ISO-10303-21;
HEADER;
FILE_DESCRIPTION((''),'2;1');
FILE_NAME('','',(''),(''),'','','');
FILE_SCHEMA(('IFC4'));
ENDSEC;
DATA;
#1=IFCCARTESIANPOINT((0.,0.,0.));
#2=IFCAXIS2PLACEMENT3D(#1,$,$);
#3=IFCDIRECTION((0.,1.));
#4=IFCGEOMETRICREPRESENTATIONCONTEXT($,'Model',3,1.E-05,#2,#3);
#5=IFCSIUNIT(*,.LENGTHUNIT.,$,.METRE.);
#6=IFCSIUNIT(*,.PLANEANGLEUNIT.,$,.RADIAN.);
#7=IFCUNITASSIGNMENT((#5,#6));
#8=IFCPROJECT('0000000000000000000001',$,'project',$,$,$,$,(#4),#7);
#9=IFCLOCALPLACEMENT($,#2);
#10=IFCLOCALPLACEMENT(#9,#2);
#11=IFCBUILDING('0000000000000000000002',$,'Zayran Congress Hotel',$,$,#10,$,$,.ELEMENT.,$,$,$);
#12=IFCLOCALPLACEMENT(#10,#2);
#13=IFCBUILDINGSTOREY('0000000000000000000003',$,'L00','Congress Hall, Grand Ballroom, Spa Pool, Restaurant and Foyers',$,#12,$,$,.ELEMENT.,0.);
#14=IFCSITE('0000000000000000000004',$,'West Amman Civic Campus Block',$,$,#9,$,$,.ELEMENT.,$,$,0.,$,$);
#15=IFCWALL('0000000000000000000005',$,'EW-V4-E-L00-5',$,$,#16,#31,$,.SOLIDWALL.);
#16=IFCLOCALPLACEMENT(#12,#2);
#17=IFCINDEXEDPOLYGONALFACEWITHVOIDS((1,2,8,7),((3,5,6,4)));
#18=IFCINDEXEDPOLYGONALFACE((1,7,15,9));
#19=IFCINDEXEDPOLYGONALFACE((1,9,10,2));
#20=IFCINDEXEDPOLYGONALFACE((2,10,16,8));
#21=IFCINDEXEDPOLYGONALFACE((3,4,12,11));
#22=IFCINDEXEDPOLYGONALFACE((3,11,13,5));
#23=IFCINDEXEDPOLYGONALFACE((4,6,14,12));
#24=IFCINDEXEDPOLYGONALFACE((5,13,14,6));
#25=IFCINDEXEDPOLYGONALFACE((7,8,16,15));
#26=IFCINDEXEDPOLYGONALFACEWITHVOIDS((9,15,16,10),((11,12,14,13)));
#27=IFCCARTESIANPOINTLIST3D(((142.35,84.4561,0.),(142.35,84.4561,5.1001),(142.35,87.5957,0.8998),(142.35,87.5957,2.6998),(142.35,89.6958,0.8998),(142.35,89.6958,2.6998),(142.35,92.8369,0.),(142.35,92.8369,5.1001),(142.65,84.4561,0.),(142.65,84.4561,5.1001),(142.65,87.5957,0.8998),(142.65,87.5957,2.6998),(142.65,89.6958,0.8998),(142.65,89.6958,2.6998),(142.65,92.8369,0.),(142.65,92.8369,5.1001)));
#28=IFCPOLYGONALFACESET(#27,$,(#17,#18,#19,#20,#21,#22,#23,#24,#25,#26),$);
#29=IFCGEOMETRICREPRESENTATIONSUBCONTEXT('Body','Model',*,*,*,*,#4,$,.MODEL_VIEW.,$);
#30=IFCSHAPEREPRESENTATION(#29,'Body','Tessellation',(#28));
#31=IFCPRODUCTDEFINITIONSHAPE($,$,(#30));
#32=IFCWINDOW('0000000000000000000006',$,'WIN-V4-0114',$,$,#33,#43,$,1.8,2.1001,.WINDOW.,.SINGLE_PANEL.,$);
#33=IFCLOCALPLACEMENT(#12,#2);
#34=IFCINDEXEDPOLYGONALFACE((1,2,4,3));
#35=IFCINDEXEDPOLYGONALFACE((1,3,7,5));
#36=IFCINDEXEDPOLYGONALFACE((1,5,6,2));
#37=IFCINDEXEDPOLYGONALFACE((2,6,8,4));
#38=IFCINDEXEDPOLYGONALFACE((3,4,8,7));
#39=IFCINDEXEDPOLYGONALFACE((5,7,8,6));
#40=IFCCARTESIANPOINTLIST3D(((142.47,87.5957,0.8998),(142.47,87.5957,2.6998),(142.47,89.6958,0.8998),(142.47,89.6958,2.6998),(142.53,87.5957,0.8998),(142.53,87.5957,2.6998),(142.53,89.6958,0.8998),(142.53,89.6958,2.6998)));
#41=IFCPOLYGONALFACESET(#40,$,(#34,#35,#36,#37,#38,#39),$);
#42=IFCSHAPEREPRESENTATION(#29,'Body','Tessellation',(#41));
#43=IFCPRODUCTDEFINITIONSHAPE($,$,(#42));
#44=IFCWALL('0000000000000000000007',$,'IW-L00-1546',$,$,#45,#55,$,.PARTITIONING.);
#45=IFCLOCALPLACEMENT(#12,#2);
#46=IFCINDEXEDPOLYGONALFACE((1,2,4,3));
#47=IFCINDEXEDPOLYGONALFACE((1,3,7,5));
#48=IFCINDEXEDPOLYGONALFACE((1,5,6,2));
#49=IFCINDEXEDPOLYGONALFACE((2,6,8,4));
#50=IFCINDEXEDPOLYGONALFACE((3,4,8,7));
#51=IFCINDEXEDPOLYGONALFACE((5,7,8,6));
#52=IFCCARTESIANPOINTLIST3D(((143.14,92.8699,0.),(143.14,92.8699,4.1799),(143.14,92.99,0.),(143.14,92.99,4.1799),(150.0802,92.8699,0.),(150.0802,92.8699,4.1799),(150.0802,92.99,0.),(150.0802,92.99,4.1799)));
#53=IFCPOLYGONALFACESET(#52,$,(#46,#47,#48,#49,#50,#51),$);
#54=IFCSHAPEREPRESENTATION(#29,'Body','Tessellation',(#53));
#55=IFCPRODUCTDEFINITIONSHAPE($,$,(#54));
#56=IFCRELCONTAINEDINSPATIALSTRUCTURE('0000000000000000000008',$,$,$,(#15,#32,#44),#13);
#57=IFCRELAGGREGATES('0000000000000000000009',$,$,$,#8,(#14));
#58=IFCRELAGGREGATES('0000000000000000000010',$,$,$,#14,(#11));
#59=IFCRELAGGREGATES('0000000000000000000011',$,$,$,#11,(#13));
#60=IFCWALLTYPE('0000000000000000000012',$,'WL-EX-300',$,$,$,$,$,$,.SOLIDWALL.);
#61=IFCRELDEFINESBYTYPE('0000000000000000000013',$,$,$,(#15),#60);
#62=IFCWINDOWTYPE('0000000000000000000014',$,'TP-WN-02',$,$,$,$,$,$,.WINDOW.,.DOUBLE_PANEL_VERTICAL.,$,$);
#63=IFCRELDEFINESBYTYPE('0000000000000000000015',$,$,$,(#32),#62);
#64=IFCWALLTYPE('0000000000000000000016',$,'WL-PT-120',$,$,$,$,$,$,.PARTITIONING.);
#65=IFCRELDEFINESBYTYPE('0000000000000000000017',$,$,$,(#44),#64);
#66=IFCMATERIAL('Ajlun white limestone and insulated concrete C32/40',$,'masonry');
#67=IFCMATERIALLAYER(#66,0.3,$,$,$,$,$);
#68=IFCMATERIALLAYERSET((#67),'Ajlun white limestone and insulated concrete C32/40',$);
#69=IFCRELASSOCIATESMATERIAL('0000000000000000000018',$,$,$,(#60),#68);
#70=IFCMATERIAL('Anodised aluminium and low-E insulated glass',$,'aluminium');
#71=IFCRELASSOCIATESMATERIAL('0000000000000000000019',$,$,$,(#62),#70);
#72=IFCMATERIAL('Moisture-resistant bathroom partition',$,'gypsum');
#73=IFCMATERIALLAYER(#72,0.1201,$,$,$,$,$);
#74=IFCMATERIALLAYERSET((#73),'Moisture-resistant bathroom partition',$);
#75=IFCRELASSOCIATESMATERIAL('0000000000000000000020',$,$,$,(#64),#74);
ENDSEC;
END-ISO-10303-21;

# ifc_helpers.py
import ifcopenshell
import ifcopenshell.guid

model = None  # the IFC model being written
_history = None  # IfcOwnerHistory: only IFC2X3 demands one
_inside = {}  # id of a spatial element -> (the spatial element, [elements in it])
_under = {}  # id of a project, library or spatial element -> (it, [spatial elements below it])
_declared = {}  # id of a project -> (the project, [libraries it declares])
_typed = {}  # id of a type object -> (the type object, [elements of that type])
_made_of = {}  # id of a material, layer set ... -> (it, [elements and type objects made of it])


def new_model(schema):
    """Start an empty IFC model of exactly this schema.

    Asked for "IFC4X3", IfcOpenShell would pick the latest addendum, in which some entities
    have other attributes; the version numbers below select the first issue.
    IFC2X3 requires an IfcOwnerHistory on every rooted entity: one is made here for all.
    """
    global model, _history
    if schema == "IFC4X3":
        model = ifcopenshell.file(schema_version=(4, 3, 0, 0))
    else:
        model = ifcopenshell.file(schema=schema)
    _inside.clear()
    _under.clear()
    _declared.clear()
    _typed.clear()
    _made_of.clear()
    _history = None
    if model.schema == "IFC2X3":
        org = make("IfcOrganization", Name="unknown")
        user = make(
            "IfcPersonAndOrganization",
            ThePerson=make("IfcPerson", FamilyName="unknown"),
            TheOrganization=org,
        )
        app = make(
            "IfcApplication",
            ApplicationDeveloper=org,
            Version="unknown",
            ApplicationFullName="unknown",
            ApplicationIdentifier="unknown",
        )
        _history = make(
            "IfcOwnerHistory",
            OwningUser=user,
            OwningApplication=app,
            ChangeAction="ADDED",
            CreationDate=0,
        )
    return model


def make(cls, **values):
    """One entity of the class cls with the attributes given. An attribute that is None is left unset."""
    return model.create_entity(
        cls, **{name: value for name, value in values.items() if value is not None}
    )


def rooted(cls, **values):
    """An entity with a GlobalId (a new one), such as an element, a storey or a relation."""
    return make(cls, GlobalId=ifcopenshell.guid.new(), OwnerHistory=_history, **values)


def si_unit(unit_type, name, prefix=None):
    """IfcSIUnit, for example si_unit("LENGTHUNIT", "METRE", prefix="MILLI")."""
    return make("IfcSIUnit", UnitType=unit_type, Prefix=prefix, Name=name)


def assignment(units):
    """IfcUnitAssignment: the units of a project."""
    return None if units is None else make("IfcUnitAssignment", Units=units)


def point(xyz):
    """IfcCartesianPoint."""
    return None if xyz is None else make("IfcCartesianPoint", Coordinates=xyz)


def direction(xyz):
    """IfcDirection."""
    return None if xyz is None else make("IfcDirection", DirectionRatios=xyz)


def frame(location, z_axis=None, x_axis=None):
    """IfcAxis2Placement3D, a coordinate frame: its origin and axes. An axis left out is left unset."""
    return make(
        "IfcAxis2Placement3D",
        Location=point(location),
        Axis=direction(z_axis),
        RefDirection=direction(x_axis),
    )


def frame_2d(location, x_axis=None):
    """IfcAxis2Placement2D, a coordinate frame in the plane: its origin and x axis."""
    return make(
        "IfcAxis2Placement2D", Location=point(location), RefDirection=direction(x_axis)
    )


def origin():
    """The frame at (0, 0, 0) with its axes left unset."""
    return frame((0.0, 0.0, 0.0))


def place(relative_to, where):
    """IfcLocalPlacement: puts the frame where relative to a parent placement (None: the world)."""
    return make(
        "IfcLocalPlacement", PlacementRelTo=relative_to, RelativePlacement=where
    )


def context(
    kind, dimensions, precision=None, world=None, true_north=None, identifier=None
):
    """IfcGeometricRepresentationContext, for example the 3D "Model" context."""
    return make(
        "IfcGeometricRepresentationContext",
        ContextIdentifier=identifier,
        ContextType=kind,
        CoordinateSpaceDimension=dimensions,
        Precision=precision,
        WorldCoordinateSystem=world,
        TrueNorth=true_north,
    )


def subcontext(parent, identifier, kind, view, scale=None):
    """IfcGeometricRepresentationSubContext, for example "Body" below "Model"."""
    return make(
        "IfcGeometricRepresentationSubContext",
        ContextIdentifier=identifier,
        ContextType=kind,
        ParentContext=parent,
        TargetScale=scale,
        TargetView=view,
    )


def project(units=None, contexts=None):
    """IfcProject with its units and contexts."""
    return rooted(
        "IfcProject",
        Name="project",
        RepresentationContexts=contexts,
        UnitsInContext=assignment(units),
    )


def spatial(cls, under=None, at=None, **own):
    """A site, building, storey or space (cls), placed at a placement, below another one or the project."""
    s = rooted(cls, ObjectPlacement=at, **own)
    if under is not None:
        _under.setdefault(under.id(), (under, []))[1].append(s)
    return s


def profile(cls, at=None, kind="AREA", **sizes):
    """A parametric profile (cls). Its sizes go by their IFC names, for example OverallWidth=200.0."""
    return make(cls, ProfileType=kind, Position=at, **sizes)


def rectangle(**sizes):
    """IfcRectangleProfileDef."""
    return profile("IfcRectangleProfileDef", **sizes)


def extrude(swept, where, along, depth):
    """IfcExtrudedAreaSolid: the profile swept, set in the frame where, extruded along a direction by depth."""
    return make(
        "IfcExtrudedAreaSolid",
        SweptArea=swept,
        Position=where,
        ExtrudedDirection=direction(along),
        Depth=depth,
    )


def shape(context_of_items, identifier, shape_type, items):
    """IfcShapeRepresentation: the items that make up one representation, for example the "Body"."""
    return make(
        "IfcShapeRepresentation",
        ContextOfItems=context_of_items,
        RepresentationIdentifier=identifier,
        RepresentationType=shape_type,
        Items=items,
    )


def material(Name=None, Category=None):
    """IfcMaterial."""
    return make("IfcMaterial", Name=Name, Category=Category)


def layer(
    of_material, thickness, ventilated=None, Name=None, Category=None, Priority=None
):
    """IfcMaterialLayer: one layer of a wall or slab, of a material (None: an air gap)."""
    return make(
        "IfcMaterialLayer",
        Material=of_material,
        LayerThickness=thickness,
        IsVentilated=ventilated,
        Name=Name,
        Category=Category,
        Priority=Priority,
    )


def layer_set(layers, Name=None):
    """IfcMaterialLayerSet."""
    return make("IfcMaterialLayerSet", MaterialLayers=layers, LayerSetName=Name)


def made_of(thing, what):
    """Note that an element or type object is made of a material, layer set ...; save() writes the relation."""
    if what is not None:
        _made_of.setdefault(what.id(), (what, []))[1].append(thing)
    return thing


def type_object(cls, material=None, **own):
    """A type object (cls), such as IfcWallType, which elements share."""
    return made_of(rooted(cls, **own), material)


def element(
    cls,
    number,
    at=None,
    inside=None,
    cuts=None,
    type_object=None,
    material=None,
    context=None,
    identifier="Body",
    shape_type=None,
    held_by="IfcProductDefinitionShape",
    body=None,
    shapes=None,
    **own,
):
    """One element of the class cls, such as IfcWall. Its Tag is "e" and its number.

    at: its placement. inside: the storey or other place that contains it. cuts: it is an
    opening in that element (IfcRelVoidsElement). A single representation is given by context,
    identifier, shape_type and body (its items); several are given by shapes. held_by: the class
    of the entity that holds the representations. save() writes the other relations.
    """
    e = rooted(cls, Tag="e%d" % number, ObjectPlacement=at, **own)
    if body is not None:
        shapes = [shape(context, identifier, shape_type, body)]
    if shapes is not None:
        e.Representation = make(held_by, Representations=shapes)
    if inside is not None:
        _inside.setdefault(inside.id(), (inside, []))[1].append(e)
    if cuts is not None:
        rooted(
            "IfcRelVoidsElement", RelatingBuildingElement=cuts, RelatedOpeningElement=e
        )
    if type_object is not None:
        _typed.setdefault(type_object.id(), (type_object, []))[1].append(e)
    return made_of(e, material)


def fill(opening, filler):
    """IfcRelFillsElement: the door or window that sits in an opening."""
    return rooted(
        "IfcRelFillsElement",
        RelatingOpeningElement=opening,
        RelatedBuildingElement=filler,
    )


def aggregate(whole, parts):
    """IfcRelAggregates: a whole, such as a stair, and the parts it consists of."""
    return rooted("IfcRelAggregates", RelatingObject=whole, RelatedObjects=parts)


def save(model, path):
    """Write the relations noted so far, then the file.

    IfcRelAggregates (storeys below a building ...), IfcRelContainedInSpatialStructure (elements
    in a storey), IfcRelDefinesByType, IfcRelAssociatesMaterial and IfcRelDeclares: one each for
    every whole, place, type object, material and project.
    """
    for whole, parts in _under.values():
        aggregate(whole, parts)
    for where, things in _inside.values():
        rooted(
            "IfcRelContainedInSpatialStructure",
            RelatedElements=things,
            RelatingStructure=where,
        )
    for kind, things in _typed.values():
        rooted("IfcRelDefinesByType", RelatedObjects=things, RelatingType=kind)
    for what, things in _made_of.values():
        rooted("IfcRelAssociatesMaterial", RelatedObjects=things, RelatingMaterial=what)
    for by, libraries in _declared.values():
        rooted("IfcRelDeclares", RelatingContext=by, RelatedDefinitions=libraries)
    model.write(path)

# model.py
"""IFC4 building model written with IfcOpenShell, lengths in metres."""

from ifc_helpers import new_model, si_unit, direction, frame, frame_2d, origin, place, context, subcontext, project, spatial, rectangle, extrude, material, layer, layer_set, type_object, element, fill, save


model = new_model("IFC4")

# Units and contexts
model_context = context("Model", 3, precision=1e-05, world=origin(), true_north=direction((0.0, 1.0)))
body_context = subcontext(model_context, "Body", "Model", "MODEL_VIEW")
ifc_project = project(units=[si_unit("LENGTHUNIT", "METRE"), si_unit("PLANEANGLEUNIT", "RADIAN")], contexts=[model_context])

# Site, building, storey
site_placement = place(None, origin())
site = spatial("IfcSite", under=ifc_project, at=site_placement, Name="West Amman Civic Campus Block", CompositionType="ELEMENT", RefElevation=0.0)
building_placement = place(site_placement, origin())
building = spatial("IfcBuilding", under=site, at=building_placement, Name="Zayran Congress Hotel", CompositionType="ELEMENT")
storey_placement = place(building_placement, origin())
storey = spatial("IfcBuildingStorey", under=building, at=storey_placement, Name="L00", Description="Congress Hall, Grand Ballroom, Spa Pool, Restaurant and Foyers", CompositionType="ELEMENT", Elevation=0.0)

# Wall, opening, window
ifc_material_1 = material(Name="Anodised aluminium and low-E insulated glass", Category="aluminium")
ifc_material_2 = material(Name="Ajlun white limestone and insulated concrete C32/40", Category="masonry")
ifc_layer_1 = layer(ifc_material_2, 0.3)
ifc_layer_set_1 = layer_set([ifc_layer_1], Name="Ajlun white limestone and insulated concrete C32/40")
wall_type_1 = type_object("IfcWallType", Name="WL-EX-300", PredefinedType="SOLIDWALL", material=ifc_layer_set_1)
wall_1_placement = place(storey_placement, frame((142.5, 92.8369, 0.0), z_axis=(0.0, 0.0, 1.0), x_axis=(0.0, -1.0, 0.0)))
wall_1 = element("IfcWall", 1, at=wall_1_placement, inside=storey, type_object=wall_type_1, Name="EW-V4-E-L00-5", PredefinedType="SOLIDWALL", context=body_context, shape_type="SweptSolid", body=[
    extrude(rectangle(XDim=8.3809, YDim=0.3, at=frame_2d((4.1904, 0.0))), origin(), (0.0, 0.0, 1.0), 5.1001),
])
opening_1_placement = place(wall_1_placement, frame((3.1411, 0.0, 0.8999)))
opening_1 = element("IfcOpeningElement", 2, at=opening_1_placement, cuts=wall_1, PredefinedType="OPENING", context=body_context, shape_type="SweptSolid", body=[
    extrude(rectangle(XDim=2.1001, YDim=1.8, at=frame_2d((1.05, 0.8999))), frame((0.0, 0.1599, 0.0), z_axis=(0.0, -1.0, 0.0), x_axis=(1.0, 0.0, 0.0)), (0.0, 0.0, 1.0), 0.3201),
])
window_type_1 = type_object("IfcWindowType", Name="TP-WN-02", PartitioningType="DOUBLE_PANEL_VERTICAL", PredefinedType="WINDOW", material=ifc_material_1)
window_1_placement = place(opening_1_placement, origin())
window_1 = element("IfcWindow", 3, at=window_1_placement, inside=storey, type_object=window_type_1, Name="WIN-V4-0114", OverallHeight=1.8, OverallWidth=2.1001, PartitioningType="SINGLE_PANEL", PredefinedType="WINDOW", context=body_context, shape_type="SweptSolid", body=[
    extrude(rectangle(XDim=2.1001, YDim=1.8, at=frame_2d((1.05, 0.8999))), frame((0.0, 0.03, 0.0), z_axis=(0.0, -1.0, 0.0), x_axis=(1.0, 0.0, 0.0)), (0.0, 0.0, 1.0), 0.0601),
])
fill(opening_1, window_1)

# Wall
ifc_material_3 = material(Name="Moisture-resistant bathroom partition", Category="gypsum")
ifc_layer_2 = layer(ifc_material_3, 0.1201)
ifc_layer_set_2 = layer_set([ifc_layer_2], Name="Moisture-resistant bathroom partition")
wall_type_2 = type_object("IfcWallType", Name="WL-PT-120", PredefinedType="PARTITIONING", material=ifc_layer_set_2)
wall_2_placement = place(storey_placement, frame((143.1399, 92.9299, 0.0), z_axis=(0.0, 0.0, 1.0), x_axis=(1.0, 0.0, 0.0)))
element("IfcWall", 4, at=wall_2_placement, inside=storey, type_object=wall_type_2, Name="IW-L00-1546", PredefinedType="PARTITIONING", context=body_context, shape_type="SweptSolid", body=[
    extrude(rectangle(XDim=6.9402, YDim=0.1201, at=frame_2d((3.4702, 0.0))), origin(), (0.0, 0.0, 1.0), 4.1799),
])

save(model, "model.ifc")
